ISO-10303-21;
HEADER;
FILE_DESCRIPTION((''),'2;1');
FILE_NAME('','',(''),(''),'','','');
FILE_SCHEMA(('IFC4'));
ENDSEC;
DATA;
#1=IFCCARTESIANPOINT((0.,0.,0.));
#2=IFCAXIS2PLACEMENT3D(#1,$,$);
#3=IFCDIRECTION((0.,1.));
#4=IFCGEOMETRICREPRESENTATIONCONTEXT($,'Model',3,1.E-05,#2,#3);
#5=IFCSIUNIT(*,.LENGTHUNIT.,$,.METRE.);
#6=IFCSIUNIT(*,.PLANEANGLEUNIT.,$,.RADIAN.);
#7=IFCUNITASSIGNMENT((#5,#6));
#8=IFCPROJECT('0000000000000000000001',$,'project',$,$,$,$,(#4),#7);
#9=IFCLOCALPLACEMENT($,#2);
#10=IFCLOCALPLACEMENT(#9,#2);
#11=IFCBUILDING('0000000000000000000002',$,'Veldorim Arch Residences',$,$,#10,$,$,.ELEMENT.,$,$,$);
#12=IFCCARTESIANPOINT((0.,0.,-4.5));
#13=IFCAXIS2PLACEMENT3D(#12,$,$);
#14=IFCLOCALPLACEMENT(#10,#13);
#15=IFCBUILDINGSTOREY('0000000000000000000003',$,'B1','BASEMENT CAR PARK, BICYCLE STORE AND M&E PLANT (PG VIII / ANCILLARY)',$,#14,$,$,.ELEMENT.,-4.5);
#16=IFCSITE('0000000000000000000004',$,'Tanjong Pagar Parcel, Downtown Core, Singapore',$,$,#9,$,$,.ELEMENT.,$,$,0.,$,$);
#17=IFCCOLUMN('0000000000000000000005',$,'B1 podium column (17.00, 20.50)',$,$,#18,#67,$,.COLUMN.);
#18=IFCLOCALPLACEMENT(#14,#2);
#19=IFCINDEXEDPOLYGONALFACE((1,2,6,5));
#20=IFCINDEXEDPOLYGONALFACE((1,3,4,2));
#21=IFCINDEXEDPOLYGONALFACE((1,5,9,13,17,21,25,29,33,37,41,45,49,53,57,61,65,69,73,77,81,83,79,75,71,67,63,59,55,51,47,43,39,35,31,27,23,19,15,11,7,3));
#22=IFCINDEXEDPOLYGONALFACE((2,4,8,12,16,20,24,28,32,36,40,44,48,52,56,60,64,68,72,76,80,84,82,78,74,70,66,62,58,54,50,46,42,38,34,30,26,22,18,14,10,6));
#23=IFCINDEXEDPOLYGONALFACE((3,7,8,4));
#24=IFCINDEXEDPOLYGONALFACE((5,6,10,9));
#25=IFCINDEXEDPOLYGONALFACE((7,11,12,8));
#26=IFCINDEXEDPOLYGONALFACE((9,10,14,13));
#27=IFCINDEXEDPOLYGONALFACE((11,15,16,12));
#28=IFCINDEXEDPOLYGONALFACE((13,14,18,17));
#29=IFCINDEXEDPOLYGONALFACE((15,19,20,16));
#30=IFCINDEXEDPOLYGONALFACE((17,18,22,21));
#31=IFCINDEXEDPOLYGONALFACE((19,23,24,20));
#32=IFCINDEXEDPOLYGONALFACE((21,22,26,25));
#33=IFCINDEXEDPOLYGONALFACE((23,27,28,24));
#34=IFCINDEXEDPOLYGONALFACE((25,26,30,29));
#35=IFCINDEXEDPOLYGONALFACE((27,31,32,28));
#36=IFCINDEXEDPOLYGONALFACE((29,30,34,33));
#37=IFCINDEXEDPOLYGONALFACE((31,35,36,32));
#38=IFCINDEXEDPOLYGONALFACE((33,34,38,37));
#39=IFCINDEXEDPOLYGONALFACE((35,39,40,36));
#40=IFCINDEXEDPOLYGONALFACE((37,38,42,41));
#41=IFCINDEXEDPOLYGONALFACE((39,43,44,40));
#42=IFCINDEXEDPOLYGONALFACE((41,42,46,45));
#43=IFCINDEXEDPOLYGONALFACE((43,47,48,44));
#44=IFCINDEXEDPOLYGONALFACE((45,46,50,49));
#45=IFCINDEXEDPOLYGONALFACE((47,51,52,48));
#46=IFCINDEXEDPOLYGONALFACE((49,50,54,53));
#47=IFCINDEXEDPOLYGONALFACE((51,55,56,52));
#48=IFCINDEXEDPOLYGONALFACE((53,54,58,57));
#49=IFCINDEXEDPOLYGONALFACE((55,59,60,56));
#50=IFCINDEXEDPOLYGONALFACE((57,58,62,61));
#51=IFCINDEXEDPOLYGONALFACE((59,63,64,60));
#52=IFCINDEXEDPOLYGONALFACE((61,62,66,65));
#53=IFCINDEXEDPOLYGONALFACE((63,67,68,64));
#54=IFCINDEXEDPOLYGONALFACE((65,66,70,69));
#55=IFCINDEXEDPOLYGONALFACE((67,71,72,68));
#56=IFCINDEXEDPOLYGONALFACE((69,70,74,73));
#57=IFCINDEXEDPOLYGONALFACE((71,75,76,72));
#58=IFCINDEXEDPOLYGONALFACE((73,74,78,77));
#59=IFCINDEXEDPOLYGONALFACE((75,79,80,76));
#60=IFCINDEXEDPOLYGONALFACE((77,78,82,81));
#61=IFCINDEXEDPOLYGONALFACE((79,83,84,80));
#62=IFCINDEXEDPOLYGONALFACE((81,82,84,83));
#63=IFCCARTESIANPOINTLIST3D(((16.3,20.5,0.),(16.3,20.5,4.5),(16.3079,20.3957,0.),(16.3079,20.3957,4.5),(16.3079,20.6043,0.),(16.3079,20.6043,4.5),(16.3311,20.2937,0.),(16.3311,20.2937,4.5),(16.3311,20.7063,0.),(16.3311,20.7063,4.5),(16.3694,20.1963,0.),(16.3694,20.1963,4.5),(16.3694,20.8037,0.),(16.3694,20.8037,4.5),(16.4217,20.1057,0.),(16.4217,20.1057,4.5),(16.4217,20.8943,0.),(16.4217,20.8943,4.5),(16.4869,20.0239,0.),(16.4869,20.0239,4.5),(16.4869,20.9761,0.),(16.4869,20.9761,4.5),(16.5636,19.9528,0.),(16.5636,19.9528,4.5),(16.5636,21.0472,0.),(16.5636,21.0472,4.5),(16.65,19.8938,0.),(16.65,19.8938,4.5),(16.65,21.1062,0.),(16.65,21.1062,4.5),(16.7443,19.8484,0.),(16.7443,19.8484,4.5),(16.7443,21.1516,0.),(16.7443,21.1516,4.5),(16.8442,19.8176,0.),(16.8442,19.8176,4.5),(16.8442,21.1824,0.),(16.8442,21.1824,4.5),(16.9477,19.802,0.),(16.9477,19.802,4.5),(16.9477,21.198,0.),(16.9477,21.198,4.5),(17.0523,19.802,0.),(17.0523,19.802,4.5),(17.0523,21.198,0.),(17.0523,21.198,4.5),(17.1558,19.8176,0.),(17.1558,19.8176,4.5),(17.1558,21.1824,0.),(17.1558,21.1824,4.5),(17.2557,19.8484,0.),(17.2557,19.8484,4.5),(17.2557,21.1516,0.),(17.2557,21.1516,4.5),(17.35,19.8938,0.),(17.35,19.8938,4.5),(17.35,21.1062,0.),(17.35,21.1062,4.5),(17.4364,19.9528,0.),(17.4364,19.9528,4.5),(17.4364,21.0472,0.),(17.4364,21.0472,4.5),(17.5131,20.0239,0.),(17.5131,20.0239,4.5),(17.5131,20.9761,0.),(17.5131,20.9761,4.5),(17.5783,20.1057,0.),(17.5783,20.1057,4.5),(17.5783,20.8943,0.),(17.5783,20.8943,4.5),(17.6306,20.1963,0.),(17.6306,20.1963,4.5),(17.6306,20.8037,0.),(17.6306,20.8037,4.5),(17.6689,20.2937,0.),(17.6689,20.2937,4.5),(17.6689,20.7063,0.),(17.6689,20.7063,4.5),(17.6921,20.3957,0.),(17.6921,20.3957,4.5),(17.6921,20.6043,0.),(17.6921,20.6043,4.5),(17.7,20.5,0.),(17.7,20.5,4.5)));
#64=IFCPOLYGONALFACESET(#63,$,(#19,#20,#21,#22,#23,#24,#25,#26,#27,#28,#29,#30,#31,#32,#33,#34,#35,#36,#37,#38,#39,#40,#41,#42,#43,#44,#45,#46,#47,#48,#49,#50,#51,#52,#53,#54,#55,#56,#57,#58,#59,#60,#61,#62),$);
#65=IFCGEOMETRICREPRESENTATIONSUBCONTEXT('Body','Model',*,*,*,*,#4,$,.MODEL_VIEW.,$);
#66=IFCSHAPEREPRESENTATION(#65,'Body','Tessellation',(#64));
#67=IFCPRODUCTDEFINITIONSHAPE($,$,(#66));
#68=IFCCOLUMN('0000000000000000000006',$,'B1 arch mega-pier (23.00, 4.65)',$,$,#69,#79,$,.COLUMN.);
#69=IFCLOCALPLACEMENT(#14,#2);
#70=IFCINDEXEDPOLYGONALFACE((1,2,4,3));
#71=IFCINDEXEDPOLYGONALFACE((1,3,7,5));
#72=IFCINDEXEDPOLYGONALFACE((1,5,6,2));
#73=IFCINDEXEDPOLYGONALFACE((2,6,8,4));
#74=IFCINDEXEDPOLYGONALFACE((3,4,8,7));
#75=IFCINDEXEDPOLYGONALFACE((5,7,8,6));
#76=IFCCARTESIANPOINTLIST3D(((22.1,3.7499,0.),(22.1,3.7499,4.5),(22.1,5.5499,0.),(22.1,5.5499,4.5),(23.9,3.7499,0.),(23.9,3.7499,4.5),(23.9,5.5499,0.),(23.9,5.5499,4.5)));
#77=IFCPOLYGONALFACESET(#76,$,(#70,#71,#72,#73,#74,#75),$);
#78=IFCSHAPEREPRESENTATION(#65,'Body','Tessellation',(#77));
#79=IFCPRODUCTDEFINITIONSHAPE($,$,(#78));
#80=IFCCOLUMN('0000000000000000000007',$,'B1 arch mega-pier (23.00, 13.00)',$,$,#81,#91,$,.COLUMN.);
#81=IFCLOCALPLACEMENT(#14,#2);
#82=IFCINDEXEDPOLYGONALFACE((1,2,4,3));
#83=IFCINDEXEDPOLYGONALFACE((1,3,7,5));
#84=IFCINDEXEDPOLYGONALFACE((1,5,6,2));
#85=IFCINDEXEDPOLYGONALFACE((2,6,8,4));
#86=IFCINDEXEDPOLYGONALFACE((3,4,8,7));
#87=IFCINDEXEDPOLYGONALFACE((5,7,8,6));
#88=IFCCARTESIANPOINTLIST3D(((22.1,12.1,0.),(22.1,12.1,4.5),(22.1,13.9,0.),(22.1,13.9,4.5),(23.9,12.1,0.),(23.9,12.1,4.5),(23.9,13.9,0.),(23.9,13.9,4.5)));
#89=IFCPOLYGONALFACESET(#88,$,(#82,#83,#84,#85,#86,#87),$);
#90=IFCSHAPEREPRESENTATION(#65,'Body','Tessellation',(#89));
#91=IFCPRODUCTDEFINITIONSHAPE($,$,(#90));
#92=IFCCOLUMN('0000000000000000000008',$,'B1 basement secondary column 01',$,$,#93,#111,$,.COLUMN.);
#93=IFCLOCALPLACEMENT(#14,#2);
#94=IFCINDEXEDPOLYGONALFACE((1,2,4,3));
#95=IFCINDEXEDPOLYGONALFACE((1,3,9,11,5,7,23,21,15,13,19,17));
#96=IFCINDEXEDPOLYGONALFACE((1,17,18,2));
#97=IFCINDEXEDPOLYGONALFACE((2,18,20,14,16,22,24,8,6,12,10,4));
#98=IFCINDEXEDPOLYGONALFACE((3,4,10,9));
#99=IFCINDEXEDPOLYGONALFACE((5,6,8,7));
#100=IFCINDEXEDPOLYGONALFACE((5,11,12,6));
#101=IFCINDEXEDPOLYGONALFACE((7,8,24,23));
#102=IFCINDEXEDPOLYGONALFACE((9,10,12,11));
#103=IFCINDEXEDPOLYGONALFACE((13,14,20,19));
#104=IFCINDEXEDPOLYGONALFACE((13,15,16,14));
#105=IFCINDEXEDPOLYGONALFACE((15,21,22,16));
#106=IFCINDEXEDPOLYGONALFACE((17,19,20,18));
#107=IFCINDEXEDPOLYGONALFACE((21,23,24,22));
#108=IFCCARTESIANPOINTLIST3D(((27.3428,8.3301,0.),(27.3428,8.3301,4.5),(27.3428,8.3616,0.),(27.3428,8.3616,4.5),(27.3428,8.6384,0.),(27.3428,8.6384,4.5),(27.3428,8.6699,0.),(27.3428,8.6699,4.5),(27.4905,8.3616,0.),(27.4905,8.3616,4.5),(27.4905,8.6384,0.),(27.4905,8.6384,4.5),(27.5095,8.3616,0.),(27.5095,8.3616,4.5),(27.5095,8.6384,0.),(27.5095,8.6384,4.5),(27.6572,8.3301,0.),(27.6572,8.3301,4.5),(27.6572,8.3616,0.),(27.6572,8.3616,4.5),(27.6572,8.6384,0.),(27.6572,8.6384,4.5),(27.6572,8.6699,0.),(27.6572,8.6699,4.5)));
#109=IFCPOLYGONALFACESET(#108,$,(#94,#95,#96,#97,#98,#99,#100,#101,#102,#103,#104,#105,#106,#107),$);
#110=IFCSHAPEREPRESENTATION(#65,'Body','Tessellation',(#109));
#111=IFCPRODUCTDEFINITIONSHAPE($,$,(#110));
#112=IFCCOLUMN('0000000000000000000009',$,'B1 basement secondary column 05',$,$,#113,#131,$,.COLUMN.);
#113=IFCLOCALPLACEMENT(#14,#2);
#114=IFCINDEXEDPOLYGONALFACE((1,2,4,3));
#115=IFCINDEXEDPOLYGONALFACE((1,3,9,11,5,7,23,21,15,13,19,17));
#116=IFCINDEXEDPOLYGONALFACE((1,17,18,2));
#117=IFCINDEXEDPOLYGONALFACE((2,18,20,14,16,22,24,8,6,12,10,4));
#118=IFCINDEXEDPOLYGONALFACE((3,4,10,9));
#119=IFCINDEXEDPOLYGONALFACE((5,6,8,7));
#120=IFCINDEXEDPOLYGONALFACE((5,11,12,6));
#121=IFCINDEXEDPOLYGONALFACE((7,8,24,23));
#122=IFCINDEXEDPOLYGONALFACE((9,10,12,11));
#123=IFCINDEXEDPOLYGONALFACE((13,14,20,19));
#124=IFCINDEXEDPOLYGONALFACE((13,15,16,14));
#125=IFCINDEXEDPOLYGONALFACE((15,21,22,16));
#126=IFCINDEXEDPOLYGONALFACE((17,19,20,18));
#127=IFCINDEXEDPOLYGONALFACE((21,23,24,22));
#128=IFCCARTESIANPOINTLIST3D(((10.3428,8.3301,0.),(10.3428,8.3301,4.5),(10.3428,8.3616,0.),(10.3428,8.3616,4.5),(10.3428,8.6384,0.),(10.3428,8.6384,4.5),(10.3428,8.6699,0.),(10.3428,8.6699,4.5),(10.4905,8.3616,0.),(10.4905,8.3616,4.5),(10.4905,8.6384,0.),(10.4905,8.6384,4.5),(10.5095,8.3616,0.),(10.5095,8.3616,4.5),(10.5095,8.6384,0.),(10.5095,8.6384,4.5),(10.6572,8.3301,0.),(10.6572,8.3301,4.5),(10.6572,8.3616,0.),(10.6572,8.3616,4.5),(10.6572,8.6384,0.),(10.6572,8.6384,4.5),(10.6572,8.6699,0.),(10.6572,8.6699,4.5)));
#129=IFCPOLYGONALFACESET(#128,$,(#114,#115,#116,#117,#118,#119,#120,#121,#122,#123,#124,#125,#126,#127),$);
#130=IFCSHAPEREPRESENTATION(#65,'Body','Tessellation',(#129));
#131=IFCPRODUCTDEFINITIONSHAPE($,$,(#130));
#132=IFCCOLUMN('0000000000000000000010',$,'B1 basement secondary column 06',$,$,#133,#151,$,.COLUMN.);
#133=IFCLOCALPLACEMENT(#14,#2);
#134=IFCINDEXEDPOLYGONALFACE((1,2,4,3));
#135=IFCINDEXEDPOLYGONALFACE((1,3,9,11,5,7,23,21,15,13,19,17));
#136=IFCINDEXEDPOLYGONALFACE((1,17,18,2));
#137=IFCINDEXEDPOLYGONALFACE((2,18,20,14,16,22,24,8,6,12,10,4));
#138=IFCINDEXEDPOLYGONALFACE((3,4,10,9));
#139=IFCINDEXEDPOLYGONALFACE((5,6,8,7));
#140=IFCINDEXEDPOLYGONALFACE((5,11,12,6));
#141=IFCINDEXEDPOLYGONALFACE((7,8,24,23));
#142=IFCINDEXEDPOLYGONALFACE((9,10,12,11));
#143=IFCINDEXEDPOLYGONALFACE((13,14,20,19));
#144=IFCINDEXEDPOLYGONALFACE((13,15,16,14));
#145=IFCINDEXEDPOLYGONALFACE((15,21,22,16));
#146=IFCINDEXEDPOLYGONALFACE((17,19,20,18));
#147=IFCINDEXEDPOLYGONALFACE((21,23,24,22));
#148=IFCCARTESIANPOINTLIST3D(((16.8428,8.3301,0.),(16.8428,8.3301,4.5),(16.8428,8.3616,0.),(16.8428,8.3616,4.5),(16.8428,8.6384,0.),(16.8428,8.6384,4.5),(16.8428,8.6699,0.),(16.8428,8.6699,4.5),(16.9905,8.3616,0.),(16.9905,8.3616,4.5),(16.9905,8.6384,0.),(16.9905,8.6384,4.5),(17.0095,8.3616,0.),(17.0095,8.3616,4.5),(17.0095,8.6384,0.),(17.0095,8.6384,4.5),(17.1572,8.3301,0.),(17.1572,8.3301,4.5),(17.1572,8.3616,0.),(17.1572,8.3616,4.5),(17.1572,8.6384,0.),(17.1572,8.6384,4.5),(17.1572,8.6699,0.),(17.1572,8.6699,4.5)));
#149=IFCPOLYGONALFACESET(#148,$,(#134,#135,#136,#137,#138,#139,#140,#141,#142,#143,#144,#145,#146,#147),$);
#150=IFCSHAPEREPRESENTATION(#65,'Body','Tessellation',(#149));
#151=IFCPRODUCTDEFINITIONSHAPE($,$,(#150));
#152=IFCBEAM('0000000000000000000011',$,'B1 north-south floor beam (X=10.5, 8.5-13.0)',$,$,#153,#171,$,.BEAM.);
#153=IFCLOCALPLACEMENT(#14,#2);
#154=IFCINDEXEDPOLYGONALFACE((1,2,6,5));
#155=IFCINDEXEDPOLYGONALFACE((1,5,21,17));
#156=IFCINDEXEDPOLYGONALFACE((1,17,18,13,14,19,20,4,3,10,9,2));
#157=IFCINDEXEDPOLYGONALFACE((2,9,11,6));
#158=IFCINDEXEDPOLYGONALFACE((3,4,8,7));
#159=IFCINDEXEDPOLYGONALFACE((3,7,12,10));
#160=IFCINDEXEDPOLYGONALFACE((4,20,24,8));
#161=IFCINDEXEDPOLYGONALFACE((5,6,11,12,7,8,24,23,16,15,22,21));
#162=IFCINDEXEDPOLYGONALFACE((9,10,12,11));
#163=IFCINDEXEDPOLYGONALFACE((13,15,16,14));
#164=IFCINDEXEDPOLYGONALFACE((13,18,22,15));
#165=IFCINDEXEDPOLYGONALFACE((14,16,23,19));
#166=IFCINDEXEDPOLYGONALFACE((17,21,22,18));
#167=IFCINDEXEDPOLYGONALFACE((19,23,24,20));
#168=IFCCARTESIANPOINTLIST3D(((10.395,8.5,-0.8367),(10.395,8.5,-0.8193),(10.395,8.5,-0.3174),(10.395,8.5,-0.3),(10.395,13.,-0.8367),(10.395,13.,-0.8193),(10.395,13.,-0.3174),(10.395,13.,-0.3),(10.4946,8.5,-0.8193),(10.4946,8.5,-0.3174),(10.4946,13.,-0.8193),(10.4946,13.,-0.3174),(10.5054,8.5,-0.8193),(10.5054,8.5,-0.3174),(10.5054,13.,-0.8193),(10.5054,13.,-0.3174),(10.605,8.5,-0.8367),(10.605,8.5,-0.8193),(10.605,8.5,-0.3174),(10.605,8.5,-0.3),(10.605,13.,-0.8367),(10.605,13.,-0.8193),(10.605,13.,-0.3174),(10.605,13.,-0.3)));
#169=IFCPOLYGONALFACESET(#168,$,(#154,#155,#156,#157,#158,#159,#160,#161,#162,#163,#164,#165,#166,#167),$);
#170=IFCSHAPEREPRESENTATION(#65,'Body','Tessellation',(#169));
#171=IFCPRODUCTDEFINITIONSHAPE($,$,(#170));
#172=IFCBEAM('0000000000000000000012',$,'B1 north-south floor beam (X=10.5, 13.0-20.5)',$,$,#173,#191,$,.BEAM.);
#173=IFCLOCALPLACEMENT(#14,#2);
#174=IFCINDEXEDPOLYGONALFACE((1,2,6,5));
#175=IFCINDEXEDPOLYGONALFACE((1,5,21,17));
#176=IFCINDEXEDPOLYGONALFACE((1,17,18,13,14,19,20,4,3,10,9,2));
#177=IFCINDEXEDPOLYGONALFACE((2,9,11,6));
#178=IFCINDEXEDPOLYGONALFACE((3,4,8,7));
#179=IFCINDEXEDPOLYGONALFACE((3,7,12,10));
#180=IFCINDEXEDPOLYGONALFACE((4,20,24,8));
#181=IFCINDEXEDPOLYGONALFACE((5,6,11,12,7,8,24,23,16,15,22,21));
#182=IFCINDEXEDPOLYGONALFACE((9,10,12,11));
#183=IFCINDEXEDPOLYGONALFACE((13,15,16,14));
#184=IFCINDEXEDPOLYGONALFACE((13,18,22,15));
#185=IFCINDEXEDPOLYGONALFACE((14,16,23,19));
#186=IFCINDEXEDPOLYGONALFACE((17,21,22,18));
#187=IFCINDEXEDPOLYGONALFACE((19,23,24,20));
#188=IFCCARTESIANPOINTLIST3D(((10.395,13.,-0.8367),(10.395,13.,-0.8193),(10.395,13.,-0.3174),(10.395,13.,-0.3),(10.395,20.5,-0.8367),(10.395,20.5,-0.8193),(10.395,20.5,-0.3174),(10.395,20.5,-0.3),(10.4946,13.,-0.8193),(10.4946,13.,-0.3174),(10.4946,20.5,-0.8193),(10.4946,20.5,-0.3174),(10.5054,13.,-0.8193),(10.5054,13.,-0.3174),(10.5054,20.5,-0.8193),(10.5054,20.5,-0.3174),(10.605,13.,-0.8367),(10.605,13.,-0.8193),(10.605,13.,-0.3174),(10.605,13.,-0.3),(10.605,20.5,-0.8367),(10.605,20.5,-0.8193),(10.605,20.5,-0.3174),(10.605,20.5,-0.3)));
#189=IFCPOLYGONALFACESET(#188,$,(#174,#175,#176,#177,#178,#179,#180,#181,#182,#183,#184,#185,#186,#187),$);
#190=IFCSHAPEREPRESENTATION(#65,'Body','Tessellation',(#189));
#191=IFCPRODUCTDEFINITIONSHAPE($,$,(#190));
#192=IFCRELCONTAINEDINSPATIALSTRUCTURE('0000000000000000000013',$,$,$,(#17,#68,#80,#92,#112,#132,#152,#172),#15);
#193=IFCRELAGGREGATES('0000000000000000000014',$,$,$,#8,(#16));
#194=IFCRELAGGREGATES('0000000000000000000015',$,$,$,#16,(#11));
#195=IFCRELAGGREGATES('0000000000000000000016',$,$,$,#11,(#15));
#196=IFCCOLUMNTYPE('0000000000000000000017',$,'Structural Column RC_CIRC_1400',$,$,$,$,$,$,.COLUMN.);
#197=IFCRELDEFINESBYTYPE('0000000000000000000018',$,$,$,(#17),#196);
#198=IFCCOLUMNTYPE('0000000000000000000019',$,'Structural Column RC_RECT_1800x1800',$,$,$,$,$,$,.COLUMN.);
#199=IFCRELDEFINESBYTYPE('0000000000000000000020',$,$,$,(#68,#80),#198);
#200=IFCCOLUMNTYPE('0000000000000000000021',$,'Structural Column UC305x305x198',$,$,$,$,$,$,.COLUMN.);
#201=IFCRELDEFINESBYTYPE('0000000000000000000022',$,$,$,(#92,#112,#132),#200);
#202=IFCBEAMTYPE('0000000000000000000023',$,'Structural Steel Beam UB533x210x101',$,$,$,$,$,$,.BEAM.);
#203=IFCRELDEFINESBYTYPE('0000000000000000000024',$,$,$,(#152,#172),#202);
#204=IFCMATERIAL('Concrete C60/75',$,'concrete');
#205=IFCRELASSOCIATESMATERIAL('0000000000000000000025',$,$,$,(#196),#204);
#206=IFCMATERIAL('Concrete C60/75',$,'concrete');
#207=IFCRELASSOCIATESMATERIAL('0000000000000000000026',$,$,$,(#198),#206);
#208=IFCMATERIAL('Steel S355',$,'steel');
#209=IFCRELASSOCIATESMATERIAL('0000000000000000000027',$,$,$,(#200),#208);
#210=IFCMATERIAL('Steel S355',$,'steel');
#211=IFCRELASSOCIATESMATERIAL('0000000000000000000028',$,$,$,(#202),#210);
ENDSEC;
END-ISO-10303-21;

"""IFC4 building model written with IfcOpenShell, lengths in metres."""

from ifc_helpers import new_model, si_unit, direction, frame, origin, origin_2d, place, context, subcontext, project, spatial, rectangle, circle, i_section, extrude, material, material_profile, profile_set, type_object, element, save


model = new_model("IFC4")

# Units and contexts
model_context = context("Model", 3, precision=1e-05, world=origin(), true_north=direction((0.0, 1.0)))
body_context = subcontext(model_context, "Body", "Model", "MODEL_VIEW")
ifc_project = project(units=[si_unit("LENGTHUNIT", "METRE"), si_unit("PLANEANGLEUNIT", "RADIAN")], contexts=[model_context])

# Site, building, storey
site_placement = place(None, origin())
site = spatial("IfcSite", under=ifc_project, at=site_placement, Name="Tanjong Pagar Parcel, Downtown Core, Singapore", CompositionType="ELEMENT", RefElevation=0.0)
building_placement = place(site_placement, origin())
building = spatial("IfcBuilding", under=site, at=building_placement, Name="Veldorim Arch Residences", CompositionType="ELEMENT")
storey_placement = place(building_placement, frame((0.0, 0.0, -4.5)))
storey = spatial("IfcBuildingStorey", under=building, at=storey_placement, Name="B1", Description="BASEMENT CAR PARK, BICYCLE STORE AND M&E PLANT (PG VIII / ANCILLARY)", CompositionType="ELEMENT", Elevation=-4.5)

# Columns
ifc_material_1 = material(Name="Concrete C60/75", Category="concrete")
ifc_material_profile_1 = material_profile(ifc_material_1, circle(Radius=0.7, at=origin_2d()), Name="RC_CIRC_1400")
ifc_profile_set_1 = profile_set([ifc_material_profile_1], Name="Concrete C60/75")
column_type_1 = type_object("IfcColumnType", Name="Structural Column RC_CIRC_1400", PredefinedType="COLUMN", material=ifc_profile_set_1)
for number, where, z_axis, x_axis, name in (
    (1, (17.0, 20.5, 0.0), (0.0, 0.0, 1.0), (1.0, 0.0, 0.0), "B1 podium column (17.00, 20.50)"),
):
    element("IfcColumn", number, at=place(storey_placement, frame(where, z_axis=z_axis, x_axis=x_axis)), inside=storey, type_object=column_type_1, Name=name, PredefinedType="COLUMN", context=body_context, shape_type="SweptSolid", body=[
        extrude(circle(Radius=0.7, at=origin_2d()), origin(), (0.0, 0.0, 1.0), 4.5),
    ])
ifc_material_2 = material(Name="Concrete C60/75", Category="concrete")
ifc_material_profile_2 = material_profile(ifc_material_2, rectangle(XDim=1.8, YDim=1.8, at=origin_2d()), Name="RC_RECT_1800x1800")
ifc_profile_set_2 = profile_set([ifc_material_profile_2], Name="Concrete C60/75")
column_type_2 = type_object("IfcColumnType", Name="Structural Column RC_RECT_1800x1800", PredefinedType="COLUMN", material=ifc_profile_set_2)
for number, where, z_axis, x_axis, name in (
    (2, (23.0, 4.6499, 0.0), (0.0, 0.0, 1.0), (1.0, 0.0, 0.0), "B1 arch mega-pier (23.00, 4.65)"),
    (3, (23.0, 13.0, 0.0), (0.0, 0.0, 1.0), (1.0, 0.0, 0.0), "B1 arch mega-pier (23.00, 13.00)"),
):
    element("IfcColumn", number, at=place(storey_placement, frame(where, z_axis=z_axis, x_axis=x_axis)), inside=storey, type_object=column_type_2, Name=name, PredefinedType="COLUMN", context=body_context, shape_type="SweptSolid", body=[
        extrude(rectangle(XDim=1.8, YDim=1.8, at=origin_2d()), origin(), (0.0, 0.0, 1.0), 4.5),
    ])
ifc_material_3 = material(Name="Steel S355", Category="steel")
ifc_material_profile_3 = material_profile(ifc_material_3, i_section(OverallWidth=0.3145, OverallDepth=0.3398, WebThickness=0.019, FlangeThickness=0.0315, at=origin_2d()), Name="UC305x305x198")
ifc_profile_set_3 = profile_set([ifc_material_profile_3], Name="Steel S355")
column_type_3 = type_object("IfcColumnType", Name="Structural Column UC305x305x198", PredefinedType="COLUMN", material=ifc_profile_set_3)
for number, where, z_axis, x_axis, name in (
    (4, (27.5, 8.5, 0.0), (0.0, 0.0, 1.0), (1.0, 0.0, 0.0), "B1 basement secondary column 01"),
    (5, (10.5, 8.5, 0.0), (0.0, 0.0, 1.0), (1.0, 0.0, 0.0), "B1 basement secondary column 05"),
    (6, (17.0, 8.5, 0.0), (0.0, 0.0, 1.0), (1.0, 0.0, 0.0), "B1 basement secondary column 06"),
):
    element("IfcColumn", number, at=place(storey_placement, frame(where, z_axis=z_axis, x_axis=x_axis)), inside=storey, type_object=column_type_3, Name=name, PredefinedType="COLUMN", context=body_context, shape_type="SweptSolid", body=[
        extrude(i_section(OverallWidth=0.3145, OverallDepth=0.3398, WebThickness=0.019, FlangeThickness=0.0315, at=origin_2d()), origin(), (0.0, 0.0, 1.0), 4.5),
    ])

# Beams
ifc_material_4 = material(Name="Steel S355", Category="steel")
ifc_material_profile_4 = material_profile(ifc_material_4, i_section(OverallWidth=0.21, OverallDepth=0.5366, WebThickness=0.0107, FlangeThickness=0.0173, at=origin_2d()), Name="UB533x210x101")
ifc_profile_set_4 = profile_set([ifc_material_profile_4], Name="Steel S355")
beam_type_1 = type_object("IfcBeamType", Name="Structural Steel Beam UB533x210x101", PredefinedType="BEAM", material=ifc_profile_set_4)
beam_1_placement = place(storey_placement, frame((10.5, 8.5, -0.5684), z_axis=(0.0, 1.0, 0.0), x_axis=(-1.0, 0.0, 0.0)))
element("IfcBeam", 7, at=beam_1_placement, inside=storey, type_object=beam_type_1, Name="B1 north-south floor beam (X=10.5, 8.5-13.0)", PredefinedType="BEAM", context=body_context, shape_type="SweptSolid", body=[
    extrude(i_section(OverallWidth=0.21, OverallDepth=0.5366, WebThickness=0.0107, FlangeThickness=0.0173, at=origin_2d()), origin(), (0.0, 0.0, 1.0), 4.5),
])
beam_2_placement = place(storey_placement, frame((10.5, 13.0, -0.5684), z_axis=(0.0, 1.0, 0.0), x_axis=(-1.0, 0.0, 0.0)))
element("IfcBeam", 8, at=beam_2_placement, inside=storey, type_object=beam_type_1, Name="B1 north-south floor beam (X=10.5, 13.0-20.5)", PredefinedType="BEAM", context=body_context, shape_type="SweptSolid", body=[
    extrude(i_section(OverallWidth=0.21, OverallDepth=0.5366, WebThickness=0.0107, FlangeThickness=0.0173, at=origin_2d()), origin(), (0.0, 0.0, 1.0), 7.5),
])

save(model, "model.ifc")
